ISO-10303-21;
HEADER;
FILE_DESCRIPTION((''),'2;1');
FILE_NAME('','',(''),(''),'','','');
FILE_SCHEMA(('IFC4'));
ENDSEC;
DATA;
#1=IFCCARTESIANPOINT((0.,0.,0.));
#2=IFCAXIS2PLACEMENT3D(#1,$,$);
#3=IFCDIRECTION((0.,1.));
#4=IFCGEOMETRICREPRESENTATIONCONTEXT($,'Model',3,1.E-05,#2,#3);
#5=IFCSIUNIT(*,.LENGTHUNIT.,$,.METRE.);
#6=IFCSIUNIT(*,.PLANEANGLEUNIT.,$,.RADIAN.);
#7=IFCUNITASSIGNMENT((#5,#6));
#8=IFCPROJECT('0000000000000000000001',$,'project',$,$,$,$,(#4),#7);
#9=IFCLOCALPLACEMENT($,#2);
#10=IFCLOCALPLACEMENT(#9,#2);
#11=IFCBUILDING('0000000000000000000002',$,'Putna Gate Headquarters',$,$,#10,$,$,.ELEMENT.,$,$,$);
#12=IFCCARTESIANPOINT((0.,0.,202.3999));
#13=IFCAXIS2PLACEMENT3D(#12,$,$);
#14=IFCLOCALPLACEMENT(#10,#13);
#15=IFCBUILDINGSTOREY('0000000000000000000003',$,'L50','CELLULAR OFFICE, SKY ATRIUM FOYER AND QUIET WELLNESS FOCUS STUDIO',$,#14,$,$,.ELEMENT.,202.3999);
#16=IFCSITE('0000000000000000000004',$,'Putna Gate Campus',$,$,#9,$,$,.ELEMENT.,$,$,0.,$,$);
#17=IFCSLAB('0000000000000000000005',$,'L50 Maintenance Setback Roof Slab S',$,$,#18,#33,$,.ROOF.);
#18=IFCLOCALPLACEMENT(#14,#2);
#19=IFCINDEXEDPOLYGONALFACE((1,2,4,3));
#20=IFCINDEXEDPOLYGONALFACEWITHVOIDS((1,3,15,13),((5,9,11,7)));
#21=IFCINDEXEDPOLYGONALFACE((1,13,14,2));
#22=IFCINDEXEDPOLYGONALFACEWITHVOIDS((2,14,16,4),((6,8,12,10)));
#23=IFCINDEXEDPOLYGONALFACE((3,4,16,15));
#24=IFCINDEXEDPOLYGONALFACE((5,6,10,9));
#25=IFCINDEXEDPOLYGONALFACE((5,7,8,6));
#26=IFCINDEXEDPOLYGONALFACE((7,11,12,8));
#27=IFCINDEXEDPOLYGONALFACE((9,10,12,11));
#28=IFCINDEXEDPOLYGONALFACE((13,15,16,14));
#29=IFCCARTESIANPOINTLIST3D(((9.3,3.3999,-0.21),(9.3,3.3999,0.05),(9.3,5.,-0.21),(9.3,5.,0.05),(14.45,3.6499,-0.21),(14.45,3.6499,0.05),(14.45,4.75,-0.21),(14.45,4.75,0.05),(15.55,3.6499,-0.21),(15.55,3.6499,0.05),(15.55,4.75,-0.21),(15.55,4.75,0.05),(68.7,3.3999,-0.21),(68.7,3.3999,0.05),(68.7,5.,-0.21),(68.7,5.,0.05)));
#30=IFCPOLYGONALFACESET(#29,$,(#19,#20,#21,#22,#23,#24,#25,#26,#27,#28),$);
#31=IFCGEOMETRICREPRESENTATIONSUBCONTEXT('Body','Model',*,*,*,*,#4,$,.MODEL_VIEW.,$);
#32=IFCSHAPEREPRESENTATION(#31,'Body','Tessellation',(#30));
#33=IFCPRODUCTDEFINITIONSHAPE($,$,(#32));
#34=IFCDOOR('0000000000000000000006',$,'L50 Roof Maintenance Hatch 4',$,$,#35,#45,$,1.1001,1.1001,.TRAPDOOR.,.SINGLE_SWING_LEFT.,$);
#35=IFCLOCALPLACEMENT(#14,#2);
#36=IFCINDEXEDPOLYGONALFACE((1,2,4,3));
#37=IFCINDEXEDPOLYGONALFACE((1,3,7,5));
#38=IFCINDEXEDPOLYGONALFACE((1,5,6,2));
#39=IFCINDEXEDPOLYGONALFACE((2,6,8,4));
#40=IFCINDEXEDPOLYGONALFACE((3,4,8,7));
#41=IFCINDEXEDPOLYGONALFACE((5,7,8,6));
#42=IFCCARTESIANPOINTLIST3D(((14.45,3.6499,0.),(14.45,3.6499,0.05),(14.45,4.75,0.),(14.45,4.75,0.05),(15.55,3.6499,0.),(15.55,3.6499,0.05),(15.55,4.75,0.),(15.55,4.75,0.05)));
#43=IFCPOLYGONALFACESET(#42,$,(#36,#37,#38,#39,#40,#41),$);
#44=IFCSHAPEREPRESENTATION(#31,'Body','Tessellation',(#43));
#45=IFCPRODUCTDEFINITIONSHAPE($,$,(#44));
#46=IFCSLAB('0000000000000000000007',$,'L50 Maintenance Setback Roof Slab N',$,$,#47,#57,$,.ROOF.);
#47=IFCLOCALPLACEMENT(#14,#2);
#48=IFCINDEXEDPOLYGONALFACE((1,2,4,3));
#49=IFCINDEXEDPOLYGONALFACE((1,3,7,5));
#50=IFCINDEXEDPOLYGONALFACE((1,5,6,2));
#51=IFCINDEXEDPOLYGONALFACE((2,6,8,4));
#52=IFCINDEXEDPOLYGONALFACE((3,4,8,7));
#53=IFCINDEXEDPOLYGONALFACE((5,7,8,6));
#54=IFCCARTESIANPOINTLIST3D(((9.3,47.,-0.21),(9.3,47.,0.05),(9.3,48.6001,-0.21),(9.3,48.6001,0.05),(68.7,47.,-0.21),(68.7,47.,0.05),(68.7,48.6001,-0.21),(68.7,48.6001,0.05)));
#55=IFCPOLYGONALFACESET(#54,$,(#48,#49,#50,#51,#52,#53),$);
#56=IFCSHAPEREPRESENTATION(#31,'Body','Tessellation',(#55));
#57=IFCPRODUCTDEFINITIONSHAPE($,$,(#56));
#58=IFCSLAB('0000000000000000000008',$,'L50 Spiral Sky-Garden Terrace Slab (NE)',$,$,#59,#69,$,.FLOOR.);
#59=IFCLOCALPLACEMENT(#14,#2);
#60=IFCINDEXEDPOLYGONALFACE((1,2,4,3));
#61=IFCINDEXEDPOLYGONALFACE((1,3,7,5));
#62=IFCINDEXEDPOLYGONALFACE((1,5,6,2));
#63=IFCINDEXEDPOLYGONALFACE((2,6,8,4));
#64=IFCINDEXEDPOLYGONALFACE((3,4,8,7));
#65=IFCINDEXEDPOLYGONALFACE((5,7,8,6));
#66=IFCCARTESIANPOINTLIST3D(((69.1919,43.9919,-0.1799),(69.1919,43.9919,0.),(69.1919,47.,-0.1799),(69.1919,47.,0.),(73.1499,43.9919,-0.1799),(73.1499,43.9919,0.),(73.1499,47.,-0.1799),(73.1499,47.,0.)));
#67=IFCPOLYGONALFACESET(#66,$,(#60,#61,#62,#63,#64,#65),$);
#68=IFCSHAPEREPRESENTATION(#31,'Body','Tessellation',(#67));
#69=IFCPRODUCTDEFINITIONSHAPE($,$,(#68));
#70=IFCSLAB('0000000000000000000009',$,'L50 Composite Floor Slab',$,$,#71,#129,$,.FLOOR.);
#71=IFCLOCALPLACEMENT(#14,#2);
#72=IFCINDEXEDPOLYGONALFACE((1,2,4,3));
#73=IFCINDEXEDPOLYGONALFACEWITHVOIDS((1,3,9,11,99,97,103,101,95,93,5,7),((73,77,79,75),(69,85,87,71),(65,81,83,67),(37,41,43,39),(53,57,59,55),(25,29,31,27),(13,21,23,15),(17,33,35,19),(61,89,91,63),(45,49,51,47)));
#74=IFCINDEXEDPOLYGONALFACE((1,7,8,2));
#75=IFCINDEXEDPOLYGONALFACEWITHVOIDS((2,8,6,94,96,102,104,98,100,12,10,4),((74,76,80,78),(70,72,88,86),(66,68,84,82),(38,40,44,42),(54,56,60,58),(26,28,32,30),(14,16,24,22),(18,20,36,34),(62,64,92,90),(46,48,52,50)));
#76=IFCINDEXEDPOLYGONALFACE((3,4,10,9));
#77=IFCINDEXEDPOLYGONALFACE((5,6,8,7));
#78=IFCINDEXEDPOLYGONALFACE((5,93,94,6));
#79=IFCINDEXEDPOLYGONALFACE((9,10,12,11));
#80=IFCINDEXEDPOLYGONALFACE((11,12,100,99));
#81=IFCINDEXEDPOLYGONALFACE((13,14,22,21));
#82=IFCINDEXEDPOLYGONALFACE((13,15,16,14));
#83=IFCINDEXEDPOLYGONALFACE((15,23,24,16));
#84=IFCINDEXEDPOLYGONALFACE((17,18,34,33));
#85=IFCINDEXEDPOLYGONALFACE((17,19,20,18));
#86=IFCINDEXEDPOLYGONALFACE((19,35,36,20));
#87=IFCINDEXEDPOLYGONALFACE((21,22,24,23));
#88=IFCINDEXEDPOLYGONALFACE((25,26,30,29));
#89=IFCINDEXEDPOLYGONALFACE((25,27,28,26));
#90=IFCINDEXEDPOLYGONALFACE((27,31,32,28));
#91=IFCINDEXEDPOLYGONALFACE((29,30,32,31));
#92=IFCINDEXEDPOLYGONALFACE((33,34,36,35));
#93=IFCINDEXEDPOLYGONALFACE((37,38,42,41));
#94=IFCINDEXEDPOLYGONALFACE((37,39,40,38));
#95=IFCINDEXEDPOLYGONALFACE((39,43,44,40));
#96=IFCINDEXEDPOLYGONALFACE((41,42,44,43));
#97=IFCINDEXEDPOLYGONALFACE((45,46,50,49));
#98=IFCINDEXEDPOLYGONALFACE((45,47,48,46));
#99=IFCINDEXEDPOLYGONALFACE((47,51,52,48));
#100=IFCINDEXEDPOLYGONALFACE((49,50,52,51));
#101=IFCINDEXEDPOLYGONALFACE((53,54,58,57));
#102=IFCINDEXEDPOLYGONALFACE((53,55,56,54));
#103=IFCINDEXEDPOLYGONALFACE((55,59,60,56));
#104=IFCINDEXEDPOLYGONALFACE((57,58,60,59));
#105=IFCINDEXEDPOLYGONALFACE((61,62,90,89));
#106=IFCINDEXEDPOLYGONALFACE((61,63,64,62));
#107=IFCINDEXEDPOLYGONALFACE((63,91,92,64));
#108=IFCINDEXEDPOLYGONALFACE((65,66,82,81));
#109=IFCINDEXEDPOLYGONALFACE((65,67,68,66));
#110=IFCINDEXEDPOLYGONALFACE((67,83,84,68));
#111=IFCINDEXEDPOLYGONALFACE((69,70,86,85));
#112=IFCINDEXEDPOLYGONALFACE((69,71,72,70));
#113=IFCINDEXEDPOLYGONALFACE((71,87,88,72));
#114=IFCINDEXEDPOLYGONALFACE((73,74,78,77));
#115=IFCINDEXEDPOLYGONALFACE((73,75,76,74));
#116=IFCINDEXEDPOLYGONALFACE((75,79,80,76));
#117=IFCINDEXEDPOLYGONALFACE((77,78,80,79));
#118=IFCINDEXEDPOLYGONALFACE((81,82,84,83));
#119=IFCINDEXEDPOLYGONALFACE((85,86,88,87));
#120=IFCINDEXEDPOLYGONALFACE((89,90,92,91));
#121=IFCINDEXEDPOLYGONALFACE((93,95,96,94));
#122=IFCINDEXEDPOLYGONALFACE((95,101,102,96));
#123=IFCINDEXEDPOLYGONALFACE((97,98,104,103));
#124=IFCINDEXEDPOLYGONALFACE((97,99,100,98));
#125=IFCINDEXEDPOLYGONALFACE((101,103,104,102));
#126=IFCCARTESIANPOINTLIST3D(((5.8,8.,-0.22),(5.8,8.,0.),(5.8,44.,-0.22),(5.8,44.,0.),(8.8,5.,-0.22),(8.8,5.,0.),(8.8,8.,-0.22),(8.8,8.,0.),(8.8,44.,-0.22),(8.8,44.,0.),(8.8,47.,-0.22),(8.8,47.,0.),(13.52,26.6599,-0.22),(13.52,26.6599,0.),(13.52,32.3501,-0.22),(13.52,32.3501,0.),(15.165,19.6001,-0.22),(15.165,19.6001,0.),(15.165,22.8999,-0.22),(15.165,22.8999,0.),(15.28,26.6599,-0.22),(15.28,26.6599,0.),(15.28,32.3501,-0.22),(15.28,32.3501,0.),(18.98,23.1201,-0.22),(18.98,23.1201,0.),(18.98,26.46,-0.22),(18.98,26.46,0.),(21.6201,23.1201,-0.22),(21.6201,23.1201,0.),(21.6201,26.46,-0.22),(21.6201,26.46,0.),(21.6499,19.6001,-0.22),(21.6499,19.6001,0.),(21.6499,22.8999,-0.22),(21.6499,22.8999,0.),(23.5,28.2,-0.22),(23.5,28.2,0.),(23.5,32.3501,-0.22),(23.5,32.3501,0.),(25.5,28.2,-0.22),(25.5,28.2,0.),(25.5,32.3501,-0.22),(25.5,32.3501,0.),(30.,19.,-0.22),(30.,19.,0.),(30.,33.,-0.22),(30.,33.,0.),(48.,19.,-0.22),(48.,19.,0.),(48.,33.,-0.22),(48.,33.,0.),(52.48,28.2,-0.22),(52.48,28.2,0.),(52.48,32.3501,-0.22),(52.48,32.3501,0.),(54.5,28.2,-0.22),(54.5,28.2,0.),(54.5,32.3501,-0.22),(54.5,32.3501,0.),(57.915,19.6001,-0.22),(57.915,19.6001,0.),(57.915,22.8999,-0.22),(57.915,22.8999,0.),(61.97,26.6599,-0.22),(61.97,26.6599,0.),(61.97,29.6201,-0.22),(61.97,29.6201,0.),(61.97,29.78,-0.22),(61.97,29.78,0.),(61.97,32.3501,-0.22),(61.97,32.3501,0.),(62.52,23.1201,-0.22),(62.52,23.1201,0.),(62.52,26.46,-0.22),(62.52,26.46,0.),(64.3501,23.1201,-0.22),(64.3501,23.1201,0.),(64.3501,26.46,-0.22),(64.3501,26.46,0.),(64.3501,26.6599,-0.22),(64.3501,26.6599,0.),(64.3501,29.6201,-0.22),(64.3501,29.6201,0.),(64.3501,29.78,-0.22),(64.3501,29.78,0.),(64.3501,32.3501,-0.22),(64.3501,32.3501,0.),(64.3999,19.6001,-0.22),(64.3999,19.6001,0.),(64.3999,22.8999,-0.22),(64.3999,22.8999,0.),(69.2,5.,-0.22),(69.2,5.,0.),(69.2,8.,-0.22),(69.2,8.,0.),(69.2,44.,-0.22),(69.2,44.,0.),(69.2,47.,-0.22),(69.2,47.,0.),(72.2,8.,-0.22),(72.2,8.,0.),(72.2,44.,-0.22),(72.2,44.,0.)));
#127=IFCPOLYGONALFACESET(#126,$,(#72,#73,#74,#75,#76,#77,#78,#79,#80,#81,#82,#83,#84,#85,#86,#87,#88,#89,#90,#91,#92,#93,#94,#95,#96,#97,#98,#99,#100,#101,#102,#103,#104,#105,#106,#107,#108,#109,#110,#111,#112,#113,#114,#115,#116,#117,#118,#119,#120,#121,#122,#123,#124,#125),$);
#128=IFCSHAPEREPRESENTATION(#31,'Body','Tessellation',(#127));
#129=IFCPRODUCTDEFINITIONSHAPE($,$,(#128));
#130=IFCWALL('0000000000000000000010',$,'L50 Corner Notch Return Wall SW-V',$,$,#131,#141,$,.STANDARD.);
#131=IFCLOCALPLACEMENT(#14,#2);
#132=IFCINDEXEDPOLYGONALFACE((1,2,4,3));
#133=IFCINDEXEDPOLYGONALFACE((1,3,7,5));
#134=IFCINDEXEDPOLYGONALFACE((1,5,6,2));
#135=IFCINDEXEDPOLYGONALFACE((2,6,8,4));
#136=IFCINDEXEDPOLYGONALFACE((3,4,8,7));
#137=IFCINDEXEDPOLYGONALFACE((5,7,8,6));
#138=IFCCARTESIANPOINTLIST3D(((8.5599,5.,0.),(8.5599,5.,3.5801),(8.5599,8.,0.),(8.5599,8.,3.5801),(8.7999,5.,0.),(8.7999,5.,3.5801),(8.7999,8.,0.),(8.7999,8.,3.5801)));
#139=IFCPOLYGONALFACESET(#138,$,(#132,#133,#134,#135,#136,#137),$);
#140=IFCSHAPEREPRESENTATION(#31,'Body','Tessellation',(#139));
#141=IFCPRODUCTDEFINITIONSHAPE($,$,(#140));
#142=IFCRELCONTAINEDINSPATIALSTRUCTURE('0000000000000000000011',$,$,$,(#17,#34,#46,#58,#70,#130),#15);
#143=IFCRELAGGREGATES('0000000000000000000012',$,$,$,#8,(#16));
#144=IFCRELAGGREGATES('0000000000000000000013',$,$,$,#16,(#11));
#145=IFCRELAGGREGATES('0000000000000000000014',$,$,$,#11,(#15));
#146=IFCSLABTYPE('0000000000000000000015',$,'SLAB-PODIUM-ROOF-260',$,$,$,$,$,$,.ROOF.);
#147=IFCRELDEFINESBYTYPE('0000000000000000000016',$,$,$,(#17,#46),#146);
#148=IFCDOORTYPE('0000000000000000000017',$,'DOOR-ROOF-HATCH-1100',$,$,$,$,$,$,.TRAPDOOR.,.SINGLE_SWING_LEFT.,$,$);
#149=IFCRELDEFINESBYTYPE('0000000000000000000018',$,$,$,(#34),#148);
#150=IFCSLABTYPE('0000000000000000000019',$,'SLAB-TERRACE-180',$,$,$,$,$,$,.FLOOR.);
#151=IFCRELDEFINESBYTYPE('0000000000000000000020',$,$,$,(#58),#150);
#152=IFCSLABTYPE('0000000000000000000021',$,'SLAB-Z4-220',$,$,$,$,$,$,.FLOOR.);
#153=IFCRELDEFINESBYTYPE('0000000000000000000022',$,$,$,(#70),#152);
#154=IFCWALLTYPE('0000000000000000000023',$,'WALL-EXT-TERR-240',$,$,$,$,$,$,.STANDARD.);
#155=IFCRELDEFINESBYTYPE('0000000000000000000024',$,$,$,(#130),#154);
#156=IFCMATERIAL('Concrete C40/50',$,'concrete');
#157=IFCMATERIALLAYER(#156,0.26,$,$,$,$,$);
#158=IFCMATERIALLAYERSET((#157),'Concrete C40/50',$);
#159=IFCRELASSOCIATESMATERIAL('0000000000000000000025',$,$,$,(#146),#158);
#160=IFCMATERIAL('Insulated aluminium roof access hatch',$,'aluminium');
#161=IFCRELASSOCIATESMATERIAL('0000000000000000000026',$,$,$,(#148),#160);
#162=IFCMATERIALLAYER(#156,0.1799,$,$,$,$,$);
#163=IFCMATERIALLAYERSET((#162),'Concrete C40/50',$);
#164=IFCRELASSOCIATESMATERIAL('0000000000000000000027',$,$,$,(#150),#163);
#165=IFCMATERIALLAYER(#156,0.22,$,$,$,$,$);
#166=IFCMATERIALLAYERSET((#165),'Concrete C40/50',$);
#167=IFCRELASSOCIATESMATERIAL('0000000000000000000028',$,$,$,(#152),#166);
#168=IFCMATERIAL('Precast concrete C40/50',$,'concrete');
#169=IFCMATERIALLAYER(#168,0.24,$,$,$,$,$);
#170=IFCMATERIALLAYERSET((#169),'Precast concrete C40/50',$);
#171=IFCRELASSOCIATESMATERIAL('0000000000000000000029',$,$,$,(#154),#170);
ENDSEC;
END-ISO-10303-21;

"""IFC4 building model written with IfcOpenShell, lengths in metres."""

from ifc_helpers import new_model, si_unit, direction, frame, frame_2d, origin, origin_2d, place, context, subcontext, project, spatial, polyline, rectangle, outline, extrude, material, layer, layer_set, type_object, element, fill, save


model = new_model("IFC4")

# Units and contexts
model_context = context("Model", 3, precision=1e-05, world=origin(), true_north=direction((0.0, 1.0)))
body_context = subcontext(model_context, "Body", "Model", "MODEL_VIEW")
ifc_project = project(units=[si_unit("LENGTHUNIT", "METRE"), si_unit("PLANEANGLEUNIT", "RADIAN")], contexts=[model_context])

# Site, building, storey
site_placement = place(None, origin())
site = spatial("IfcSite", under=ifc_project, at=site_placement, Name="Putna Gate Campus", CompositionType="ELEMENT", RefElevation=0.0)
building_placement = place(site_placement, origin())
building = spatial("IfcBuilding", under=site, at=building_placement, Name="Putna Gate Headquarters", CompositionType="ELEMENT")
storey_placement = place(building_placement, frame((0.0, 0.0, 202.3999)))
storey = spatial("IfcBuildingStorey", under=building, at=storey_placement, Name="L50", Description="CELLULAR OFFICE, SKY ATRIUM FOYER AND QUIET WELLNESS FOCUS STUDIO", CompositionType="ELEMENT", Elevation=202.3999)

# Shared definitions
ifc_material_1 = material(Name="Concrete C40/50", Category="concrete")

# Slab, opening, door
ifc_layer_1 = layer(ifc_material_1, 0.26)
ifc_layer_set_1 = layer_set([ifc_layer_1], Name="Concrete C40/50")
slab_type_1 = type_object("IfcSlabType", Name="SLAB-PODIUM-ROOF-260", PredefinedType="ROOF", material=ifc_layer_set_1)
slab_1_placement = place(storey_placement, frame((0.0, 0.0, -0.21)))
slab_1 = element("IfcSlab", 1, at=slab_1_placement, inside=storey, type_object=slab_type_1, Name="L50 Maintenance Setback Roof Slab S", PredefinedType="ROOF", context=body_context, shape_type="SweptSolid", body=[
    extrude(outline(polyline([(9.3, 3.3999), (68.7, 3.3999), (68.7, 5.0), (9.3, 5.0), (9.3, 3.3999)])), origin(), (0.0, 0.0, 1.0), 0.26),
])
opening_placement = place(slab_1_placement, frame((15.0, 4.2, 0.0)))
opening = element("IfcOpeningElement", 2, at=opening_placement, cuts=slab_1, PredefinedType="OPENING", context=body_context, shape_type="SweptSolid", body=[
    extrude(rectangle(XDim=1.1001, YDim=1.1001, at=origin_2d()), origin(), (0.0, 0.0, 1.0), 0.26),
])
ifc_material_2 = material(Name="Insulated aluminium roof access hatch", Category="aluminium")
door_type = type_object("IfcDoorType", Name="DOOR-ROOF-HATCH-1100", OperationType="SINGLE_SWING_LEFT", PredefinedType="TRAPDOOR", material=ifc_material_2)
door_placement = place(opening_placement, frame((0.0, 0.0, 0.21)))
door = element("IfcDoor", 3, at=door_placement, inside=storey, type_object=door_type, Name="L50 Roof Maintenance Hatch 4", OperationType="SINGLE_SWING_LEFT", OverallHeight=1.1001, OverallWidth=1.1001, PredefinedType="TRAPDOOR", context=body_context, shape_type="SweptSolid", body=[
    extrude(rectangle(XDim=1.1001, YDim=1.1001, at=origin_2d()), origin(), (0.0, 0.0, 1.0), 0.05),
])
fill(opening, door)

# Slabs
slab_2_placement = place(storey_placement, frame((0.0, 0.0, -0.21)))
element("IfcSlab", 4, at=slab_2_placement, inside=storey, type_object=slab_type_1, Name="L50 Maintenance Setback Roof Slab N", PredefinedType="ROOF", context=body_context, shape_type="SweptSolid", body=[
    extrude(outline(polyline([(9.3, 47.0), (68.7, 47.0), (68.7, 48.6001), (9.3, 48.6001), (9.3, 47.0)])), origin(), (0.0, 0.0, 1.0), 0.26),
])
ifc_layer_2 = layer(ifc_material_1, 0.1799)
ifc_layer_set_2 = layer_set([ifc_layer_2], Name="Concrete C40/50")
slab_type_2 = type_object("IfcSlabType", Name="SLAB-TERRACE-180", PredefinedType="FLOOR", material=ifc_layer_set_2)
slab_3_placement = place(storey_placement, frame((0.0, 0.0, -0.1799)))
element("IfcSlab", 5, at=slab_3_placement, inside=storey, type_object=slab_type_2, Name="L50 Spiral Sky-Garden Terrace Slab (NE)", PredefinedType="FLOOR", context=body_context, shape_type="SweptSolid", body=[
    extrude(outline(polyline([(69.1919, 43.9919), (73.1499, 43.9919), (73.1499, 47.0), (69.1919, 47.0), (69.1919, 43.9919)])), origin(), (0.0, 0.0, 1.0), 0.1799),
])
ifc_layer_3 = layer(ifc_material_1, 0.22)
ifc_layer_set_3 = layer_set([ifc_layer_3], Name="Concrete C40/50")
slab_type_3 = type_object("IfcSlabType", Name="SLAB-Z4-220", PredefinedType="FLOOR", material=ifc_layer_set_3)
slab_4_placement = place(storey_placement, frame((0.0, 0.0, -0.22)))
element("IfcSlab", 6, at=slab_4_placement, inside=storey, type_object=slab_type_3, Name="L50 Composite Floor Slab", PredefinedType="FLOOR", context=body_context, shape_type="SweptSolid", body=[
    extrude(outline(polyline([(8.8, 5.0), (69.2, 5.0), (69.2, 8.0), (72.2, 8.0), (72.2, 44.0), (69.2, 44.0), (69.2, 47.0), (8.8, 47.0), (8.8, 44.0), (5.8, 44.0), (5.8, 8.0), (8.8, 8.0), (8.8, 5.0)]), holes=[polyline([(15.165, 19.6001), (21.6499, 19.6001), (21.6499, 22.8999), (15.165, 22.8999), (15.165, 19.6001)]), polyline([(57.915, 19.6001), (64.3999, 19.6001), (64.3999, 22.8999), (57.915, 22.8999), (57.915, 19.6001)]), polyline([(13.52, 26.6599), (15.28, 26.6599), (15.28, 32.3501), (13.52, 32.3501), (13.52, 26.6599)]), polyline([(61.97, 29.78), (64.3501, 29.78), (64.3501, 32.3501), (61.97, 32.3501), (61.97, 29.78)]), polyline([(18.98, 23.1201), (21.6201, 23.1201), (21.6201, 26.46), (18.98, 26.46), (18.98, 23.1201)]), polyline([(62.52, 23.1201), (64.3501, 23.1201), (64.3501, 26.46), (62.52, 26.46), (62.52, 23.1201)]), polyline([(61.97, 26.6599), (64.3501, 26.6599), (64.3501, 29.6201), (61.97, 29.6201), (61.97, 26.6599)]), polyline([(23.5, 28.2), (25.5, 28.2), (25.5, 32.3501), (23.5, 32.3501), (23.5, 28.2)]), polyline([(52.48, 28.2), (54.5, 28.2), (54.5, 32.3501), (52.48, 32.3501), (52.48, 28.2)]), polyline([(30.0, 19.0), (48.0, 19.0), (48.0, 33.0), (30.0, 33.0), (30.0, 19.0)])]), origin(), (0.0, 0.0, 1.0), 0.22),
])

# Wall
ifc_material_3 = material(Name="Precast concrete C40/50", Category="concrete")
ifc_layer_4 = layer(ifc_material_3, 0.24)
ifc_layer_set_4 = layer_set([ifc_layer_4], Name="Precast concrete C40/50")
wall_type = type_object("IfcWallType", Name="WALL-EXT-TERR-240", PredefinedType="STANDARD", material=ifc_layer_set_4)
wall_placement = place(storey_placement, frame((8.6799, 5.0, 0.0), z_axis=(0.0, 0.0, 1.0), x_axis=(0.0, 1.0, 0.0)))
element("IfcWall", 7, at=wall_placement, inside=storey, type_object=wall_type, Name="L50 Corner Notch Return Wall SW-V", PredefinedType="STANDARD", context=body_context, shape_type="SweptSolid", body=[
    extrude(rectangle(XDim=3.0, YDim=0.24, at=frame_2d((1.5, 0.0))), origin(), (0.0, 0.0, 1.0), 3.5801),
])

save(model, "model.ifc")
